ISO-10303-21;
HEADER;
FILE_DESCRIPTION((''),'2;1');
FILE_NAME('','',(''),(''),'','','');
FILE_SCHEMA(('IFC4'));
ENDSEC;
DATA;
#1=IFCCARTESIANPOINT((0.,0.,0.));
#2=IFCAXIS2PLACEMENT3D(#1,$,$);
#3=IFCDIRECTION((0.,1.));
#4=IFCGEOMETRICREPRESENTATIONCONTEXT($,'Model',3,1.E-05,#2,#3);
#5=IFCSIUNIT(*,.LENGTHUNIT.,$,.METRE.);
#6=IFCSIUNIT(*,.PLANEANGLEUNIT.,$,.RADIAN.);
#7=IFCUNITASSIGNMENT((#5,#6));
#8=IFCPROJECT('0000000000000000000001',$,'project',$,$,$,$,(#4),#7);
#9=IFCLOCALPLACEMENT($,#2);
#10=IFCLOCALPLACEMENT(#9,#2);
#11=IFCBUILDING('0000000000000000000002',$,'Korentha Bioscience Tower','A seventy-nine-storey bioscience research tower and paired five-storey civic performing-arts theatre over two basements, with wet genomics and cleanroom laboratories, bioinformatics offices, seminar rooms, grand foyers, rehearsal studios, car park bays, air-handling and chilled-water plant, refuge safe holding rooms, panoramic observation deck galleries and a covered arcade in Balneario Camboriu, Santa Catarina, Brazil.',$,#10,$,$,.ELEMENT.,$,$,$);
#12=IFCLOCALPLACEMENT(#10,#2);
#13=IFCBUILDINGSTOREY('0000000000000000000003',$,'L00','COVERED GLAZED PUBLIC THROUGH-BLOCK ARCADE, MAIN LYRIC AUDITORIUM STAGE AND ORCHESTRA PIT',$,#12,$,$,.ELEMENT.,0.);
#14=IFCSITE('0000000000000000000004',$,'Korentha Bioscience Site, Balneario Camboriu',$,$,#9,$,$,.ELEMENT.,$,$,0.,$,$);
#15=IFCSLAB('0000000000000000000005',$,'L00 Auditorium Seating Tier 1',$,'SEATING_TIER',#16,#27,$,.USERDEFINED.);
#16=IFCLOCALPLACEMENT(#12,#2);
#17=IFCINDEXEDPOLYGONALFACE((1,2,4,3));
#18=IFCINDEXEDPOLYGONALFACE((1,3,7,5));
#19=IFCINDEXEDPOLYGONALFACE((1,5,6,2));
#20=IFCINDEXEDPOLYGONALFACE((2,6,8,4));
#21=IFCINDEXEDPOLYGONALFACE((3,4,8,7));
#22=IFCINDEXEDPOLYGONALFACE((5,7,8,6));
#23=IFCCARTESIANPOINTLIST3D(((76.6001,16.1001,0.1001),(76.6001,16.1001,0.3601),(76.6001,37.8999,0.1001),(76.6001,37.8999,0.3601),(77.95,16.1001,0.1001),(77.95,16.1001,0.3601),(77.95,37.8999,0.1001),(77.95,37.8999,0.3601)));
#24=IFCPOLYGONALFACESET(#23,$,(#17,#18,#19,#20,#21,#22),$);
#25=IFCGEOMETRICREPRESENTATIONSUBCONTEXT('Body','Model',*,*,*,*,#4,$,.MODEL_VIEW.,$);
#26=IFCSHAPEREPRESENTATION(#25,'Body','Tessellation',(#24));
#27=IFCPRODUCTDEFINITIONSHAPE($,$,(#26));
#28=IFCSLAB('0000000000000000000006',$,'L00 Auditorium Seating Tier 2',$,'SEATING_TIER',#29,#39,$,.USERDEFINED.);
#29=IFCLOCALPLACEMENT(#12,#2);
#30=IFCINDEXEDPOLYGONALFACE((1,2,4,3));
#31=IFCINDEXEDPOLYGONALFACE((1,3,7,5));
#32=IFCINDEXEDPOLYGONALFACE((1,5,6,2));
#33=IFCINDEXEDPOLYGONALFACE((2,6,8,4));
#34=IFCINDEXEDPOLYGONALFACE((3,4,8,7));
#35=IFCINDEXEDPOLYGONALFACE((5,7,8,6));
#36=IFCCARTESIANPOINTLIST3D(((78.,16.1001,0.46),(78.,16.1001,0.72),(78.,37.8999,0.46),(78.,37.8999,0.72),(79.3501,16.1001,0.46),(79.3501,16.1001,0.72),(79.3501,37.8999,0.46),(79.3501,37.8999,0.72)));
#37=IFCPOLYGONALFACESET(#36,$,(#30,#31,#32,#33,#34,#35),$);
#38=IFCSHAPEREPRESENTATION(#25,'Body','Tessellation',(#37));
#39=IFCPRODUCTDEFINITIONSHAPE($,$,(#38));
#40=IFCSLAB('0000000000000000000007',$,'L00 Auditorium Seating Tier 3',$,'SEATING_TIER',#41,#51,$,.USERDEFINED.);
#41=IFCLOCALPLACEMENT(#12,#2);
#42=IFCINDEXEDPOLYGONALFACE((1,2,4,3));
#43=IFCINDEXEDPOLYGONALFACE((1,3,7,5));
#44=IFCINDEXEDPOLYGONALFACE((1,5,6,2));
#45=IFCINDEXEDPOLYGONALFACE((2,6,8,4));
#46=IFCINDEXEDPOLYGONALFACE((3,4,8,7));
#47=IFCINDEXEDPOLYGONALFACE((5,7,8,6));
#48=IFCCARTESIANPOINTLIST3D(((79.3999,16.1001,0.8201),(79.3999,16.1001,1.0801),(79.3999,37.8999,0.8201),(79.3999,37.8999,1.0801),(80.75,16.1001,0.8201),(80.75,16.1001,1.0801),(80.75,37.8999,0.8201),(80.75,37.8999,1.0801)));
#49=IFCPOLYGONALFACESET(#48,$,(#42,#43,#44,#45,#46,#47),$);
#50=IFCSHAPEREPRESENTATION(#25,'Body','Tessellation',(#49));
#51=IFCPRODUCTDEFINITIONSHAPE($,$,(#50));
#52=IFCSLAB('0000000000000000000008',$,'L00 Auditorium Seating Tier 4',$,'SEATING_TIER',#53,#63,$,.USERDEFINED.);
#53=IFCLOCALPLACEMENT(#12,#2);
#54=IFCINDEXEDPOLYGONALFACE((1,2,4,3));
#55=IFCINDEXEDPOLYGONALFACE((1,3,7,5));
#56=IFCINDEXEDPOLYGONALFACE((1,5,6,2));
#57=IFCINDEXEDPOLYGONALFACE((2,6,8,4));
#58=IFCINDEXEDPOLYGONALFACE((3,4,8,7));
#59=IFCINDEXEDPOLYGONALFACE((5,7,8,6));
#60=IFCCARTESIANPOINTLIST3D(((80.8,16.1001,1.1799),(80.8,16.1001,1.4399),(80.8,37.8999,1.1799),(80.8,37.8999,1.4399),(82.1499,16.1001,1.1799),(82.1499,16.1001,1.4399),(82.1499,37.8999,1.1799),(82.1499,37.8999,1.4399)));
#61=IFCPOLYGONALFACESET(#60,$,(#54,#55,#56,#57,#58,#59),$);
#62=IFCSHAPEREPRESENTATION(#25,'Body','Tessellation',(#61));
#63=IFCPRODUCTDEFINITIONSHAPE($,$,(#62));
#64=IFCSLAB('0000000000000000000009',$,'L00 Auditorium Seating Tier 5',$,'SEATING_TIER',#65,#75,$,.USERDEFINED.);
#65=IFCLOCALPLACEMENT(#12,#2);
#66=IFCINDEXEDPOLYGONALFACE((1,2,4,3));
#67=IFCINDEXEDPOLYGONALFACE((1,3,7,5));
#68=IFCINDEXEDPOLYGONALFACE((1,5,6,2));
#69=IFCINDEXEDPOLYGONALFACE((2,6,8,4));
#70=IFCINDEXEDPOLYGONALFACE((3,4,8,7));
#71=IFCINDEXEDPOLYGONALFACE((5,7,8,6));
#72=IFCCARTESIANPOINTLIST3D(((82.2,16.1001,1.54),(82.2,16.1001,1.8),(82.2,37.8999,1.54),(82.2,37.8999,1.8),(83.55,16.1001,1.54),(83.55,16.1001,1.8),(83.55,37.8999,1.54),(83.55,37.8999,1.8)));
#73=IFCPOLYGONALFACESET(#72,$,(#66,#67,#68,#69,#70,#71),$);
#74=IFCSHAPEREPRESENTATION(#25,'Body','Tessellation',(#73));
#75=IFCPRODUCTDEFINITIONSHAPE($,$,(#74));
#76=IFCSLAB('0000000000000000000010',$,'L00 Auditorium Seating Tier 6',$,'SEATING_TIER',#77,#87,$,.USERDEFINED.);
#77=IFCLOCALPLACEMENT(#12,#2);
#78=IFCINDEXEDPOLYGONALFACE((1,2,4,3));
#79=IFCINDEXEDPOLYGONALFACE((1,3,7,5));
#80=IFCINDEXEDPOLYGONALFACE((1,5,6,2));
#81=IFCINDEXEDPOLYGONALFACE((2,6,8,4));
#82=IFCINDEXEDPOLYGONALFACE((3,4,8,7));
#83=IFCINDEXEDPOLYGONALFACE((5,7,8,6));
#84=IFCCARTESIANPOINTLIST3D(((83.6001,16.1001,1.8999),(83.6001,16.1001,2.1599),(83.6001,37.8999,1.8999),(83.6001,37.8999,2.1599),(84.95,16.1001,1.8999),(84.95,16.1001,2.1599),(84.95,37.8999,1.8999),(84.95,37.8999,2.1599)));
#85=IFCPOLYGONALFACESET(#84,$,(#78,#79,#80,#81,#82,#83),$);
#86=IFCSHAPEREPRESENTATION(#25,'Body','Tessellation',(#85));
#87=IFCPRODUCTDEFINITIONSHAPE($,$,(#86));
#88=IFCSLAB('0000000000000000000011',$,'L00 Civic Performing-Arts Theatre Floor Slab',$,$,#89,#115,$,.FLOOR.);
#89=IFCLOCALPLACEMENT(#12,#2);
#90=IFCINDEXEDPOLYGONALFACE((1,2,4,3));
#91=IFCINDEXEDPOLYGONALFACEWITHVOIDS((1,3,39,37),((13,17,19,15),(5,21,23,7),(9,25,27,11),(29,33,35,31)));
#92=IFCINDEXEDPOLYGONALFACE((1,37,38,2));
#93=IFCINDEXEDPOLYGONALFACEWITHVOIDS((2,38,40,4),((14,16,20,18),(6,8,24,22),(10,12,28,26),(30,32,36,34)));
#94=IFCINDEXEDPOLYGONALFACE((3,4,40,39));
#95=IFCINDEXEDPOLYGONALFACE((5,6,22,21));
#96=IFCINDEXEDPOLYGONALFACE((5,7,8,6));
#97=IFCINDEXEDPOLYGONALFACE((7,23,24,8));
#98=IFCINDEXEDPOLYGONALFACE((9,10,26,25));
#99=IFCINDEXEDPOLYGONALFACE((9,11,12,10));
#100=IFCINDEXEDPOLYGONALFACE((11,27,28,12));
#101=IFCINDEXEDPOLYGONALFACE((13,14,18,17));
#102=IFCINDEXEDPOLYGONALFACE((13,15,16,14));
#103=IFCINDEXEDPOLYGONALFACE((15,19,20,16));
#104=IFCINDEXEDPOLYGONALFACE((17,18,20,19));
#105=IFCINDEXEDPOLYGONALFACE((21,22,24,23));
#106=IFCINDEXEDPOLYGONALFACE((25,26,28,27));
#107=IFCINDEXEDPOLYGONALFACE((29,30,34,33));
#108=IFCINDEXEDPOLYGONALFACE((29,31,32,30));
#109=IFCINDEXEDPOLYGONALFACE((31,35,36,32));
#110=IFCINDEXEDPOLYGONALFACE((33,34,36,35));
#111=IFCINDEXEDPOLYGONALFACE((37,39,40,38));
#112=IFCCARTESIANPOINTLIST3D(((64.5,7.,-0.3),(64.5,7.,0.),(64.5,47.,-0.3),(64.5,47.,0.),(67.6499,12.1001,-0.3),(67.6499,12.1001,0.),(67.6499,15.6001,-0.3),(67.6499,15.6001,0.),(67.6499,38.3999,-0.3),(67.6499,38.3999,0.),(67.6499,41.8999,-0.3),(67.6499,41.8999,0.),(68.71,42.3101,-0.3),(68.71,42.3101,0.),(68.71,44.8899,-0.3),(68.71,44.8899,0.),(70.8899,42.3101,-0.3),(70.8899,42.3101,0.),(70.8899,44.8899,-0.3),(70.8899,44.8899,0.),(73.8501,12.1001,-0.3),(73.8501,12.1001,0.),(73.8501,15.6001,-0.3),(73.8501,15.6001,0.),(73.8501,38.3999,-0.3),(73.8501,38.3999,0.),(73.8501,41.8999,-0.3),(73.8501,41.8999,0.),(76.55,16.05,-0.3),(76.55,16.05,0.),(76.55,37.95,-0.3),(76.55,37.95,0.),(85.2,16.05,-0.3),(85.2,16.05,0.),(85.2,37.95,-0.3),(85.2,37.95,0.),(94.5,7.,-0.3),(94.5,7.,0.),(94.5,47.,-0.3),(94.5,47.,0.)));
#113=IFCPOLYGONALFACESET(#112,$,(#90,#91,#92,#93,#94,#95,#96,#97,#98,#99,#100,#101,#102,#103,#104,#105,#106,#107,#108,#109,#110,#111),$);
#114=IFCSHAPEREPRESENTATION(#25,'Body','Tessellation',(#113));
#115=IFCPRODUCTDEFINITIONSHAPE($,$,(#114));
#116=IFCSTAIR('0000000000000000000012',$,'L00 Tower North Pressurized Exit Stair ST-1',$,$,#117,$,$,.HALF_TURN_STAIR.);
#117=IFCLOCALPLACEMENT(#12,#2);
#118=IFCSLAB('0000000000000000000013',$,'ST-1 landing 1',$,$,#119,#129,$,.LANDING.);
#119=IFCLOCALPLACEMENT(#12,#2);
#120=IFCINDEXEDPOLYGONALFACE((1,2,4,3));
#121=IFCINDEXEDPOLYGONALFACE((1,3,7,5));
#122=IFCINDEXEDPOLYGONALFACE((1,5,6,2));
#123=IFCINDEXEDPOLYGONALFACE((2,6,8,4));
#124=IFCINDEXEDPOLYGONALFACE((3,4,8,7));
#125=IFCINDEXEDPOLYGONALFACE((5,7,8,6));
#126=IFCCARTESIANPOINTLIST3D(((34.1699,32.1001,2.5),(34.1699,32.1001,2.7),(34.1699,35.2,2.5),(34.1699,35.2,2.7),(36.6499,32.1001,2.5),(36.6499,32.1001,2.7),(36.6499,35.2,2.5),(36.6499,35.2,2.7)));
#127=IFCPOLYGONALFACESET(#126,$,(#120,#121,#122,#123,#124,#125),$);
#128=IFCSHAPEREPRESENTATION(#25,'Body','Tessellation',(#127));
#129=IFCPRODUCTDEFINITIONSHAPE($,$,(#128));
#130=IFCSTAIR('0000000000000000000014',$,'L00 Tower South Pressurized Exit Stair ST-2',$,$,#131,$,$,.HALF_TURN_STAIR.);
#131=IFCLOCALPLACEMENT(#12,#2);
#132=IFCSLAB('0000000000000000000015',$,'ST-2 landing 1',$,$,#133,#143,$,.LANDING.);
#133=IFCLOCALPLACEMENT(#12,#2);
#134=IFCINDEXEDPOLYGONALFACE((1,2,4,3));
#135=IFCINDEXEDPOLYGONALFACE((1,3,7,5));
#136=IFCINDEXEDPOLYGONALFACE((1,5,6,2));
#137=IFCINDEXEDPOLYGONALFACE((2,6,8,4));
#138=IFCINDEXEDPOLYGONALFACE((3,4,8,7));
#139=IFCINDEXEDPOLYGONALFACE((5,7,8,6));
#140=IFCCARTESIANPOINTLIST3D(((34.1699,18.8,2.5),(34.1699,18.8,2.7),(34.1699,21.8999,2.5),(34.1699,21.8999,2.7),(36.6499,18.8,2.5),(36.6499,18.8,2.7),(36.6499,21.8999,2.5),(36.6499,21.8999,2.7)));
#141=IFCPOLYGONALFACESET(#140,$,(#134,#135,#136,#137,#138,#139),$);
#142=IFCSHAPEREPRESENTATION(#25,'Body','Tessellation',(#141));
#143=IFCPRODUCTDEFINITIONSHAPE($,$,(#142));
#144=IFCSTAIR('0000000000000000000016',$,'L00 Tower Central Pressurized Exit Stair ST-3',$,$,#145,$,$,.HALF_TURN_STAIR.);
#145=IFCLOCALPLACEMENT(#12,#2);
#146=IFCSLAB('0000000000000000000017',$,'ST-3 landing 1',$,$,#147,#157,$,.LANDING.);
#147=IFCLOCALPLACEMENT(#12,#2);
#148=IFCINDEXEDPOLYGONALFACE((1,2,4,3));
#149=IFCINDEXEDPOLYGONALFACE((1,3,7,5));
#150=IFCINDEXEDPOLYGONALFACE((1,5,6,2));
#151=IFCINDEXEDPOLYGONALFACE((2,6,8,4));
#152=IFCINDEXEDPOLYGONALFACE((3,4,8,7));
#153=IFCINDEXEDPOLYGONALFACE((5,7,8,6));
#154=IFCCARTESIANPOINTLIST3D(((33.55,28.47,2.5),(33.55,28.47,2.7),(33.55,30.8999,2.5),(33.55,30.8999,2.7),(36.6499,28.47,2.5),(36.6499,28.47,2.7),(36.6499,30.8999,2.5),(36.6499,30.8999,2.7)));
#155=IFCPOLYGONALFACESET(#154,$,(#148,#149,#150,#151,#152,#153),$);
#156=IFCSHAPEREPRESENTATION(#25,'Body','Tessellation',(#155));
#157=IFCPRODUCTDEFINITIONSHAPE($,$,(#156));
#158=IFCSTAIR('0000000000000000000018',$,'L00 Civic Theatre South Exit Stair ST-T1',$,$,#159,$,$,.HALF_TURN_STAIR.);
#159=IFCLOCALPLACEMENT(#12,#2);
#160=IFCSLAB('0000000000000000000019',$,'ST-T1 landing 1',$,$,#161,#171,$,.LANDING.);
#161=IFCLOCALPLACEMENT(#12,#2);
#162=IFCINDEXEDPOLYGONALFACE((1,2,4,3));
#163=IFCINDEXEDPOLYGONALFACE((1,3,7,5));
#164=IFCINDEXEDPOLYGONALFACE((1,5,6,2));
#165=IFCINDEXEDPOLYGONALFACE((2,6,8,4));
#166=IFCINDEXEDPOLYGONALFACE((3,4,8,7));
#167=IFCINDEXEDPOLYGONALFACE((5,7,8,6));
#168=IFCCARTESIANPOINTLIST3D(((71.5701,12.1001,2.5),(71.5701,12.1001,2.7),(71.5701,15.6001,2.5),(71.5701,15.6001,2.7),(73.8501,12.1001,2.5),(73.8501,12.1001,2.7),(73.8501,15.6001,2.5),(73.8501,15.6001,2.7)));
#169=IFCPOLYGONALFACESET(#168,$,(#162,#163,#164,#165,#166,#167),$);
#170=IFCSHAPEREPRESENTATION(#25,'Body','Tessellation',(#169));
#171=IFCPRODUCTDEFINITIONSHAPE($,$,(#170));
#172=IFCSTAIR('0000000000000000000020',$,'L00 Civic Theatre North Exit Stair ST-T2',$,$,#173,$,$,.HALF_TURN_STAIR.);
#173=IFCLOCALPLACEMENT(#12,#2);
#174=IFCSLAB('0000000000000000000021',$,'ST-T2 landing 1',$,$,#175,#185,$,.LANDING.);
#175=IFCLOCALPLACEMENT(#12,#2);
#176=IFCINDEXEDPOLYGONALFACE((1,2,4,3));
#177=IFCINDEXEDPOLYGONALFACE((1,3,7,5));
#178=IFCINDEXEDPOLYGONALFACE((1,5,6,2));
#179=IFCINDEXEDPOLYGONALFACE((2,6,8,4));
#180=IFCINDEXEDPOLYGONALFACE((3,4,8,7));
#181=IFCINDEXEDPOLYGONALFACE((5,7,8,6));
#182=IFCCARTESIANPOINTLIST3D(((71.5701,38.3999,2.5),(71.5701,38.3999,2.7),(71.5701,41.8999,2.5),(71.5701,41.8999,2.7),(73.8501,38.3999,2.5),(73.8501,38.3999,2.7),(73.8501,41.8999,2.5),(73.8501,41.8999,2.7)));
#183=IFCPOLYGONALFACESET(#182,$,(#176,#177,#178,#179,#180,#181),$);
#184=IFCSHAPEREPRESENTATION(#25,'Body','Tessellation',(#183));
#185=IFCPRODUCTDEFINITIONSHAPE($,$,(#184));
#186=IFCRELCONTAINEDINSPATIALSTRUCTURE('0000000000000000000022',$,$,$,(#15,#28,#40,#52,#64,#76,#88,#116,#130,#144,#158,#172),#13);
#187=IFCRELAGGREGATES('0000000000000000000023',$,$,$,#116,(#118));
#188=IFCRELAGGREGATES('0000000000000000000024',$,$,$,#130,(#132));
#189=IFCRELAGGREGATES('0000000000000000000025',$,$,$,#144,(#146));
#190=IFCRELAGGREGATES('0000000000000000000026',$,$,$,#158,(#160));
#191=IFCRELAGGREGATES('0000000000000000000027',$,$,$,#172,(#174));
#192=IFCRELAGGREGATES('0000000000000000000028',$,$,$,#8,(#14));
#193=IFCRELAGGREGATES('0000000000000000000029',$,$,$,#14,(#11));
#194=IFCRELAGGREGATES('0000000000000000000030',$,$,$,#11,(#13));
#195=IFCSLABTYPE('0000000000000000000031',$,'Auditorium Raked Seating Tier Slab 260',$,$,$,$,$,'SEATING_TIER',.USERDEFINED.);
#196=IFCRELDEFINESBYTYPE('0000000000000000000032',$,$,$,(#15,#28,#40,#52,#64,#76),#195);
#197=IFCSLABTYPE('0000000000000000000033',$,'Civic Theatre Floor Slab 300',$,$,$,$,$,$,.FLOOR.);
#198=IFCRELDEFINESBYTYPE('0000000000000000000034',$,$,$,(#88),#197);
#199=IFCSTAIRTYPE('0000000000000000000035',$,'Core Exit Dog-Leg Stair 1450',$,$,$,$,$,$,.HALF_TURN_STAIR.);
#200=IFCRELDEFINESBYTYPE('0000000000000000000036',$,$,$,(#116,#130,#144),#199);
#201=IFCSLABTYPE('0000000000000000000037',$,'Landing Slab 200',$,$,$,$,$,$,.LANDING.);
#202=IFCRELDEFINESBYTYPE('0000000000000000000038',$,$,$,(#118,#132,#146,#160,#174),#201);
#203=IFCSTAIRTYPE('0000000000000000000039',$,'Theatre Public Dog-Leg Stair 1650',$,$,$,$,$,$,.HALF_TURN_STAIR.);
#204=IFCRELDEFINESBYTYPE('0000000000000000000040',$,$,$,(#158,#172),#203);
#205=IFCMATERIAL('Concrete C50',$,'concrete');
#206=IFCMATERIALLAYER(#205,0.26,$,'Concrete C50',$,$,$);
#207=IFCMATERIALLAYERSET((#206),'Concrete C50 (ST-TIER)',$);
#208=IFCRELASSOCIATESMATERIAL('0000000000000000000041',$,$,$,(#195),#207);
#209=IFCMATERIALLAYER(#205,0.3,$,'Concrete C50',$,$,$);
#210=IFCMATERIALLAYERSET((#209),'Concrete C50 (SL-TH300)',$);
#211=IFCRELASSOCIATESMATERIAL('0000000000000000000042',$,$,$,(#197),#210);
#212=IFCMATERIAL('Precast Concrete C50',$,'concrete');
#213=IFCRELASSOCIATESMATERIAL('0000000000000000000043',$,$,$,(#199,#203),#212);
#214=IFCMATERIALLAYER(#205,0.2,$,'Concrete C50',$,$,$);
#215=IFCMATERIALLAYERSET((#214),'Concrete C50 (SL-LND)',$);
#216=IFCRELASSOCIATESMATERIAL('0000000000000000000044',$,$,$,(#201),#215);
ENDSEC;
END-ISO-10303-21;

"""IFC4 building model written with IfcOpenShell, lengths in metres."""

from ifc_helpers import new_model, si_unit, direction, frame, origin, place, context, subcontext, project, spatial, polyline, outline, extrude, material, layer, layer_set, type_object, element, aggregate, save


model = new_model("IFC4")

# Units and contexts
model_context = context("Model", 3, precision=1e-05, world=origin(), true_north=direction((0.0, 1.0)))
body_context = subcontext(model_context, "Body", "Model", "MODEL_VIEW")
ifc_project = project(units=[si_unit("LENGTHUNIT", "METRE"), si_unit("PLANEANGLEUNIT", "RADIAN")], contexts=[model_context])

# Site, building, storey
site_placement = place(None, origin())
site = spatial("IfcSite", under=ifc_project, at=site_placement, Name="Korentha Bioscience Site, Balneario Camboriu", CompositionType="ELEMENT", RefElevation=0.0)
building_placement = place(site_placement, origin())
building = spatial("IfcBuilding", under=site, at=building_placement, Name="Korentha Bioscience Tower", Description="A seventy-nine-storey bioscience research tower and paired five-storey civic performing-arts theatre over two basements, with wet genomics and cleanroom laboratories, bioinformatics offices, seminar rooms, grand foyers, rehearsal studios, car park bays, air-handling and chilled-water plant, refuge safe holding rooms, panoramic observation deck galleries and a covered arcade in Balneario Camboriu, Santa Catarina, Brazil.", CompositionType="ELEMENT")
storey_placement = place(building_placement, origin())
storey = spatial("IfcBuildingStorey", under=building, at=storey_placement, Name="L00", Description="COVERED GLAZED PUBLIC THROUGH-BLOCK ARCADE, MAIN LYRIC AUDITORIUM STAGE AND ORCHESTRA PIT", CompositionType="ELEMENT", Elevation=0.0)

# Slabs
ifc_material_1 = material(Name="Concrete C50", Category="concrete")
ifc_layer_1 = layer(ifc_material_1, 0.26, Name="Concrete C50")
ifc_layer_set_1 = layer_set([ifc_layer_1], Name="Concrete C50 (ST-TIER)")
slab_type_1 = type_object("IfcSlabType", Name="Auditorium Raked Seating Tier Slab 260", ElementType="SEATING_TIER", PredefinedType="USERDEFINED", material=ifc_layer_set_1)
slab_1_placement = place(storey_placement, frame((0.0, 0.0, 0.1001)))
element("IfcSlab", 1, at=slab_1_placement, inside=storey, type_object=slab_type_1, Name="L00 Auditorium Seating Tier 1", ObjectType="SEATING_TIER", PredefinedType="USERDEFINED", context=body_context, shape_type="SweptSolid", body=[
    extrude(outline(polyline([(76.6001, 16.1001), (77.95, 16.1001), (77.95, 37.8999), (76.6001, 37.8999), (76.6001, 16.1001)])), origin(), (0.0, 0.0, 1.0), 0.26),
])
slab_2_placement = place(storey_placement, frame((0.0, 0.0, 0.46)))
element("IfcSlab", 2, at=slab_2_placement, inside=storey, type_object=slab_type_1, Name="L00 Auditorium Seating Tier 2", ObjectType="SEATING_TIER", PredefinedType="USERDEFINED", context=body_context, shape_type="SweptSolid", body=[
    extrude(outline(polyline([(78.0, 16.1001), (79.3501, 16.1001), (79.3501, 37.8999), (78.0, 37.8999), (78.0, 16.1001)])), origin(), (0.0, 0.0, 1.0), 0.26),
])
slab_3_placement = place(storey_placement, frame((0.0, 0.0, 0.8201)))
element("IfcSlab", 3, at=slab_3_placement, inside=storey, type_object=slab_type_1, Name="L00 Auditorium Seating Tier 3", ObjectType="SEATING_TIER", PredefinedType="USERDEFINED", context=body_context, shape_type="SweptSolid", body=[
    extrude(outline(polyline([(79.3999, 16.1001), (80.75, 16.1001), (80.75, 37.8999), (79.3999, 37.8999), (79.3999, 16.1001)])), origin(), (0.0, 0.0, 1.0), 0.26),
])
slab_4_placement = place(storey_placement, frame((0.0, 0.0, 1.1799)))
element("IfcSlab", 4, at=slab_4_placement, inside=storey, type_object=slab_type_1, Name="L00 Auditorium Seating Tier 4", ObjectType="SEATING_TIER", PredefinedType="USERDEFINED", context=body_context, shape_type="SweptSolid", body=[
    extrude(outline(polyline([(80.8, 16.1001), (82.1499, 16.1001), (82.1499, 37.8999), (80.8, 37.8999), (80.8, 16.1001)])), origin(), (0.0, 0.0, 1.0), 0.26),
])
slab_5_placement = place(storey_placement, frame((0.0, 0.0, 1.54)))
element("IfcSlab", 5, at=slab_5_placement, inside=storey, type_object=slab_type_1, Name="L00 Auditorium Seating Tier 5", ObjectType="SEATING_TIER", PredefinedType="USERDEFINED", context=body_context, shape_type="SweptSolid", body=[
    extrude(outline(polyline([(82.2, 16.1001), (83.55, 16.1001), (83.55, 37.8999), (82.2, 37.8999), (82.2, 16.1001)])), origin(), (0.0, 0.0, 1.0), 0.26),
])
slab_6_placement = place(storey_placement, frame((0.0, 0.0, 1.8999)))
element("IfcSlab", 6, at=slab_6_placement, inside=storey, type_object=slab_type_1, Name="L00 Auditorium Seating Tier 6", ObjectType="SEATING_TIER", PredefinedType="USERDEFINED", context=body_context, shape_type="SweptSolid", body=[
    extrude(outline(polyline([(83.6001, 16.1001), (84.95, 16.1001), (84.95, 37.8999), (83.6001, 37.8999), (83.6001, 16.1001)])), origin(), (0.0, 0.0, 1.0), 0.26),
])
ifc_layer_2 = layer(ifc_material_1, 0.3, Name="Concrete C50")
ifc_layer_set_2 = layer_set([ifc_layer_2], Name="Concrete C50 (SL-TH300)")
slab_type_2 = type_object("IfcSlabType", Name="Civic Theatre Floor Slab 300", PredefinedType="FLOOR", material=ifc_layer_set_2)
slab_7_placement = place(storey_placement, frame((0.0, 0.0, -0.3)))
element("IfcSlab", 7, at=slab_7_placement, inside=storey, type_object=slab_type_2, Name="L00 Civic Performing-Arts Theatre Floor Slab", PredefinedType="FLOOR", context=body_context, shape_type="SweptSolid", body=[
    extrude(outline(polyline([(64.5, 7.0), (94.5, 7.0), (94.5, 47.0), (64.5, 47.0), (64.5, 7.0)]), holes=[polyline([(67.6499, 12.1001), (73.8501, 12.1001), (73.8501, 15.6001), (67.6499, 15.6001), (67.6499, 12.1001)]), polyline([(67.6499, 38.3999), (73.8501, 38.3999), (73.8501, 41.8999), (67.6499, 41.8999), (67.6499, 38.3999)]), polyline([(68.71, 42.3101), (70.8899, 42.3101), (70.8899, 44.8899), (68.71, 44.8899), (68.71, 42.3101)]), polyline([(76.55, 16.05), (85.2, 16.05), (85.2, 37.95), (76.55, 37.95), (76.55, 16.05)])]), origin(), (0.0, 0.0, 1.0), 0.3),
])

# Stairs, slabs
ifc_material_2 = material(Name="Precast Concrete C50", Category="concrete")
stair_type_1 = type_object("IfcStairType", Name="Core Exit Dog-Leg Stair 1450", PredefinedType="HALF_TURN_STAIR", material=ifc_material_2)
stair_1_placement = place(storey_placement, origin())
stair_1 = element("IfcStair", 8, at=stair_1_placement, inside=storey, type_object=stair_type_1, Name="L00 Tower North Pressurized Exit Stair ST-1", PredefinedType="HALF_TURN_STAIR")
ifc_layer_3 = layer(ifc_material_1, 0.2, Name="Concrete C50")
ifc_layer_set_3 = layer_set([ifc_layer_3], Name="Concrete C50 (SL-LND)")
slab_type_3 = type_object("IfcSlabType", Name="Landing Slab 200", PredefinedType="LANDING", material=ifc_layer_set_3)
slab_8_placement = place(storey_placement, frame((0.0, 0.0, 2.5)))
slab_8 = element("IfcSlab", 9, at=slab_8_placement, type_object=slab_type_3, Name="ST-1 landing 1", PredefinedType="LANDING", context=body_context, shape_type="SweptSolid", body=[
    extrude(outline(polyline([(34.1699, 32.1001), (36.6499, 32.1001), (36.6499, 35.2), (34.1699, 35.2), (34.1699, 32.1001)])), origin(), (0.0, 0.0, 1.0), 0.2),
])
aggregate(stair_1, [slab_8])
stair_2_placement = place(storey_placement, origin())
stair_2 = element("IfcStair", 10, at=stair_2_placement, inside=storey, type_object=stair_type_1, Name="L00 Tower South Pressurized Exit Stair ST-2", PredefinedType="HALF_TURN_STAIR")
slab_9_placement = place(storey_placement, frame((0.0, 0.0, 2.5)))
slab_9 = element("IfcSlab", 11, at=slab_9_placement, type_object=slab_type_3, Name="ST-2 landing 1", PredefinedType="LANDING", context=body_context, shape_type="SweptSolid", body=[
    extrude(outline(polyline([(34.1699, 18.8), (36.6499, 18.8), (36.6499, 21.8999), (34.1699, 21.8999), (34.1699, 18.8)])), origin(), (0.0, 0.0, 1.0), 0.2),
])
aggregate(stair_2, [slab_9])
stair_3_placement = place(storey_placement, origin())
stair_3 = element("IfcStair", 12, at=stair_3_placement, inside=storey, type_object=stair_type_1, Name="L00 Tower Central Pressurized Exit Stair ST-3", PredefinedType="HALF_TURN_STAIR")
slab_10_placement = place(storey_placement, frame((0.0, 0.0, 2.5)))
slab_10 = element("IfcSlab", 13, at=slab_10_placement, type_object=slab_type_3, Name="ST-3 landing 1", PredefinedType="LANDING", context=body_context, shape_type="SweptSolid", body=[
    extrude(outline(polyline([(36.6499, 28.47), (36.6499, 30.8999), (33.55, 30.8999), (33.55, 28.47), (36.6499, 28.47)])), origin(), (0.0, 0.0, 1.0), 0.2),
])
aggregate(stair_3, [slab_10])
stair_type_2 = type_object("IfcStairType", Name="Theatre Public Dog-Leg Stair 1650", PredefinedType="HALF_TURN_STAIR", material=ifc_material_2)
stair_4_placement = place(storey_placement, origin())
stair_4 = element("IfcStair", 14, at=stair_4_placement, inside=storey, type_object=stair_type_2, Name="L00 Civic Theatre South Exit Stair ST-T1", PredefinedType="HALF_TURN_STAIR")
slab_11_placement = place(storey_placement, frame((0.0, 0.0, 2.5)))
slab_11 = element("IfcSlab", 15, at=slab_11_placement, type_object=slab_type_3, Name="ST-T1 landing 1", PredefinedType="LANDING", context=body_context, shape_type="SweptSolid", body=[
    extrude(outline(polyline([(71.5701, 12.1001), (73.8501, 12.1001), (73.8501, 15.6001), (71.5701, 15.6001), (71.5701, 12.1001)])), origin(), (0.0, 0.0, 1.0), 0.2),
])
aggregate(stair_4, [slab_11])
stair_5_placement = place(storey_placement, origin())
stair_5 = element("IfcStair", 16, at=stair_5_placement, inside=storey, type_object=stair_type_2, Name="L00 Civic Theatre North Exit Stair ST-T2", PredefinedType="HALF_TURN_STAIR")
slab_12_placement = place(storey_placement, frame((0.0, 0.0, 2.5)))
slab_12 = element("IfcSlab", 17, at=slab_12_placement, type_object=slab_type_3, Name="ST-T2 landing 1", PredefinedType="LANDING", context=body_context, shape_type="SweptSolid", body=[
    extrude(outline(polyline([(71.5701, 38.3999), (73.8501, 38.3999), (73.8501, 41.8999), (71.5701, 41.8999), (71.5701, 38.3999)])), origin(), (0.0, 0.0, 1.0), 0.2),
])
aggregate(stair_5, [slab_12])

save(model, "model.ifc")
